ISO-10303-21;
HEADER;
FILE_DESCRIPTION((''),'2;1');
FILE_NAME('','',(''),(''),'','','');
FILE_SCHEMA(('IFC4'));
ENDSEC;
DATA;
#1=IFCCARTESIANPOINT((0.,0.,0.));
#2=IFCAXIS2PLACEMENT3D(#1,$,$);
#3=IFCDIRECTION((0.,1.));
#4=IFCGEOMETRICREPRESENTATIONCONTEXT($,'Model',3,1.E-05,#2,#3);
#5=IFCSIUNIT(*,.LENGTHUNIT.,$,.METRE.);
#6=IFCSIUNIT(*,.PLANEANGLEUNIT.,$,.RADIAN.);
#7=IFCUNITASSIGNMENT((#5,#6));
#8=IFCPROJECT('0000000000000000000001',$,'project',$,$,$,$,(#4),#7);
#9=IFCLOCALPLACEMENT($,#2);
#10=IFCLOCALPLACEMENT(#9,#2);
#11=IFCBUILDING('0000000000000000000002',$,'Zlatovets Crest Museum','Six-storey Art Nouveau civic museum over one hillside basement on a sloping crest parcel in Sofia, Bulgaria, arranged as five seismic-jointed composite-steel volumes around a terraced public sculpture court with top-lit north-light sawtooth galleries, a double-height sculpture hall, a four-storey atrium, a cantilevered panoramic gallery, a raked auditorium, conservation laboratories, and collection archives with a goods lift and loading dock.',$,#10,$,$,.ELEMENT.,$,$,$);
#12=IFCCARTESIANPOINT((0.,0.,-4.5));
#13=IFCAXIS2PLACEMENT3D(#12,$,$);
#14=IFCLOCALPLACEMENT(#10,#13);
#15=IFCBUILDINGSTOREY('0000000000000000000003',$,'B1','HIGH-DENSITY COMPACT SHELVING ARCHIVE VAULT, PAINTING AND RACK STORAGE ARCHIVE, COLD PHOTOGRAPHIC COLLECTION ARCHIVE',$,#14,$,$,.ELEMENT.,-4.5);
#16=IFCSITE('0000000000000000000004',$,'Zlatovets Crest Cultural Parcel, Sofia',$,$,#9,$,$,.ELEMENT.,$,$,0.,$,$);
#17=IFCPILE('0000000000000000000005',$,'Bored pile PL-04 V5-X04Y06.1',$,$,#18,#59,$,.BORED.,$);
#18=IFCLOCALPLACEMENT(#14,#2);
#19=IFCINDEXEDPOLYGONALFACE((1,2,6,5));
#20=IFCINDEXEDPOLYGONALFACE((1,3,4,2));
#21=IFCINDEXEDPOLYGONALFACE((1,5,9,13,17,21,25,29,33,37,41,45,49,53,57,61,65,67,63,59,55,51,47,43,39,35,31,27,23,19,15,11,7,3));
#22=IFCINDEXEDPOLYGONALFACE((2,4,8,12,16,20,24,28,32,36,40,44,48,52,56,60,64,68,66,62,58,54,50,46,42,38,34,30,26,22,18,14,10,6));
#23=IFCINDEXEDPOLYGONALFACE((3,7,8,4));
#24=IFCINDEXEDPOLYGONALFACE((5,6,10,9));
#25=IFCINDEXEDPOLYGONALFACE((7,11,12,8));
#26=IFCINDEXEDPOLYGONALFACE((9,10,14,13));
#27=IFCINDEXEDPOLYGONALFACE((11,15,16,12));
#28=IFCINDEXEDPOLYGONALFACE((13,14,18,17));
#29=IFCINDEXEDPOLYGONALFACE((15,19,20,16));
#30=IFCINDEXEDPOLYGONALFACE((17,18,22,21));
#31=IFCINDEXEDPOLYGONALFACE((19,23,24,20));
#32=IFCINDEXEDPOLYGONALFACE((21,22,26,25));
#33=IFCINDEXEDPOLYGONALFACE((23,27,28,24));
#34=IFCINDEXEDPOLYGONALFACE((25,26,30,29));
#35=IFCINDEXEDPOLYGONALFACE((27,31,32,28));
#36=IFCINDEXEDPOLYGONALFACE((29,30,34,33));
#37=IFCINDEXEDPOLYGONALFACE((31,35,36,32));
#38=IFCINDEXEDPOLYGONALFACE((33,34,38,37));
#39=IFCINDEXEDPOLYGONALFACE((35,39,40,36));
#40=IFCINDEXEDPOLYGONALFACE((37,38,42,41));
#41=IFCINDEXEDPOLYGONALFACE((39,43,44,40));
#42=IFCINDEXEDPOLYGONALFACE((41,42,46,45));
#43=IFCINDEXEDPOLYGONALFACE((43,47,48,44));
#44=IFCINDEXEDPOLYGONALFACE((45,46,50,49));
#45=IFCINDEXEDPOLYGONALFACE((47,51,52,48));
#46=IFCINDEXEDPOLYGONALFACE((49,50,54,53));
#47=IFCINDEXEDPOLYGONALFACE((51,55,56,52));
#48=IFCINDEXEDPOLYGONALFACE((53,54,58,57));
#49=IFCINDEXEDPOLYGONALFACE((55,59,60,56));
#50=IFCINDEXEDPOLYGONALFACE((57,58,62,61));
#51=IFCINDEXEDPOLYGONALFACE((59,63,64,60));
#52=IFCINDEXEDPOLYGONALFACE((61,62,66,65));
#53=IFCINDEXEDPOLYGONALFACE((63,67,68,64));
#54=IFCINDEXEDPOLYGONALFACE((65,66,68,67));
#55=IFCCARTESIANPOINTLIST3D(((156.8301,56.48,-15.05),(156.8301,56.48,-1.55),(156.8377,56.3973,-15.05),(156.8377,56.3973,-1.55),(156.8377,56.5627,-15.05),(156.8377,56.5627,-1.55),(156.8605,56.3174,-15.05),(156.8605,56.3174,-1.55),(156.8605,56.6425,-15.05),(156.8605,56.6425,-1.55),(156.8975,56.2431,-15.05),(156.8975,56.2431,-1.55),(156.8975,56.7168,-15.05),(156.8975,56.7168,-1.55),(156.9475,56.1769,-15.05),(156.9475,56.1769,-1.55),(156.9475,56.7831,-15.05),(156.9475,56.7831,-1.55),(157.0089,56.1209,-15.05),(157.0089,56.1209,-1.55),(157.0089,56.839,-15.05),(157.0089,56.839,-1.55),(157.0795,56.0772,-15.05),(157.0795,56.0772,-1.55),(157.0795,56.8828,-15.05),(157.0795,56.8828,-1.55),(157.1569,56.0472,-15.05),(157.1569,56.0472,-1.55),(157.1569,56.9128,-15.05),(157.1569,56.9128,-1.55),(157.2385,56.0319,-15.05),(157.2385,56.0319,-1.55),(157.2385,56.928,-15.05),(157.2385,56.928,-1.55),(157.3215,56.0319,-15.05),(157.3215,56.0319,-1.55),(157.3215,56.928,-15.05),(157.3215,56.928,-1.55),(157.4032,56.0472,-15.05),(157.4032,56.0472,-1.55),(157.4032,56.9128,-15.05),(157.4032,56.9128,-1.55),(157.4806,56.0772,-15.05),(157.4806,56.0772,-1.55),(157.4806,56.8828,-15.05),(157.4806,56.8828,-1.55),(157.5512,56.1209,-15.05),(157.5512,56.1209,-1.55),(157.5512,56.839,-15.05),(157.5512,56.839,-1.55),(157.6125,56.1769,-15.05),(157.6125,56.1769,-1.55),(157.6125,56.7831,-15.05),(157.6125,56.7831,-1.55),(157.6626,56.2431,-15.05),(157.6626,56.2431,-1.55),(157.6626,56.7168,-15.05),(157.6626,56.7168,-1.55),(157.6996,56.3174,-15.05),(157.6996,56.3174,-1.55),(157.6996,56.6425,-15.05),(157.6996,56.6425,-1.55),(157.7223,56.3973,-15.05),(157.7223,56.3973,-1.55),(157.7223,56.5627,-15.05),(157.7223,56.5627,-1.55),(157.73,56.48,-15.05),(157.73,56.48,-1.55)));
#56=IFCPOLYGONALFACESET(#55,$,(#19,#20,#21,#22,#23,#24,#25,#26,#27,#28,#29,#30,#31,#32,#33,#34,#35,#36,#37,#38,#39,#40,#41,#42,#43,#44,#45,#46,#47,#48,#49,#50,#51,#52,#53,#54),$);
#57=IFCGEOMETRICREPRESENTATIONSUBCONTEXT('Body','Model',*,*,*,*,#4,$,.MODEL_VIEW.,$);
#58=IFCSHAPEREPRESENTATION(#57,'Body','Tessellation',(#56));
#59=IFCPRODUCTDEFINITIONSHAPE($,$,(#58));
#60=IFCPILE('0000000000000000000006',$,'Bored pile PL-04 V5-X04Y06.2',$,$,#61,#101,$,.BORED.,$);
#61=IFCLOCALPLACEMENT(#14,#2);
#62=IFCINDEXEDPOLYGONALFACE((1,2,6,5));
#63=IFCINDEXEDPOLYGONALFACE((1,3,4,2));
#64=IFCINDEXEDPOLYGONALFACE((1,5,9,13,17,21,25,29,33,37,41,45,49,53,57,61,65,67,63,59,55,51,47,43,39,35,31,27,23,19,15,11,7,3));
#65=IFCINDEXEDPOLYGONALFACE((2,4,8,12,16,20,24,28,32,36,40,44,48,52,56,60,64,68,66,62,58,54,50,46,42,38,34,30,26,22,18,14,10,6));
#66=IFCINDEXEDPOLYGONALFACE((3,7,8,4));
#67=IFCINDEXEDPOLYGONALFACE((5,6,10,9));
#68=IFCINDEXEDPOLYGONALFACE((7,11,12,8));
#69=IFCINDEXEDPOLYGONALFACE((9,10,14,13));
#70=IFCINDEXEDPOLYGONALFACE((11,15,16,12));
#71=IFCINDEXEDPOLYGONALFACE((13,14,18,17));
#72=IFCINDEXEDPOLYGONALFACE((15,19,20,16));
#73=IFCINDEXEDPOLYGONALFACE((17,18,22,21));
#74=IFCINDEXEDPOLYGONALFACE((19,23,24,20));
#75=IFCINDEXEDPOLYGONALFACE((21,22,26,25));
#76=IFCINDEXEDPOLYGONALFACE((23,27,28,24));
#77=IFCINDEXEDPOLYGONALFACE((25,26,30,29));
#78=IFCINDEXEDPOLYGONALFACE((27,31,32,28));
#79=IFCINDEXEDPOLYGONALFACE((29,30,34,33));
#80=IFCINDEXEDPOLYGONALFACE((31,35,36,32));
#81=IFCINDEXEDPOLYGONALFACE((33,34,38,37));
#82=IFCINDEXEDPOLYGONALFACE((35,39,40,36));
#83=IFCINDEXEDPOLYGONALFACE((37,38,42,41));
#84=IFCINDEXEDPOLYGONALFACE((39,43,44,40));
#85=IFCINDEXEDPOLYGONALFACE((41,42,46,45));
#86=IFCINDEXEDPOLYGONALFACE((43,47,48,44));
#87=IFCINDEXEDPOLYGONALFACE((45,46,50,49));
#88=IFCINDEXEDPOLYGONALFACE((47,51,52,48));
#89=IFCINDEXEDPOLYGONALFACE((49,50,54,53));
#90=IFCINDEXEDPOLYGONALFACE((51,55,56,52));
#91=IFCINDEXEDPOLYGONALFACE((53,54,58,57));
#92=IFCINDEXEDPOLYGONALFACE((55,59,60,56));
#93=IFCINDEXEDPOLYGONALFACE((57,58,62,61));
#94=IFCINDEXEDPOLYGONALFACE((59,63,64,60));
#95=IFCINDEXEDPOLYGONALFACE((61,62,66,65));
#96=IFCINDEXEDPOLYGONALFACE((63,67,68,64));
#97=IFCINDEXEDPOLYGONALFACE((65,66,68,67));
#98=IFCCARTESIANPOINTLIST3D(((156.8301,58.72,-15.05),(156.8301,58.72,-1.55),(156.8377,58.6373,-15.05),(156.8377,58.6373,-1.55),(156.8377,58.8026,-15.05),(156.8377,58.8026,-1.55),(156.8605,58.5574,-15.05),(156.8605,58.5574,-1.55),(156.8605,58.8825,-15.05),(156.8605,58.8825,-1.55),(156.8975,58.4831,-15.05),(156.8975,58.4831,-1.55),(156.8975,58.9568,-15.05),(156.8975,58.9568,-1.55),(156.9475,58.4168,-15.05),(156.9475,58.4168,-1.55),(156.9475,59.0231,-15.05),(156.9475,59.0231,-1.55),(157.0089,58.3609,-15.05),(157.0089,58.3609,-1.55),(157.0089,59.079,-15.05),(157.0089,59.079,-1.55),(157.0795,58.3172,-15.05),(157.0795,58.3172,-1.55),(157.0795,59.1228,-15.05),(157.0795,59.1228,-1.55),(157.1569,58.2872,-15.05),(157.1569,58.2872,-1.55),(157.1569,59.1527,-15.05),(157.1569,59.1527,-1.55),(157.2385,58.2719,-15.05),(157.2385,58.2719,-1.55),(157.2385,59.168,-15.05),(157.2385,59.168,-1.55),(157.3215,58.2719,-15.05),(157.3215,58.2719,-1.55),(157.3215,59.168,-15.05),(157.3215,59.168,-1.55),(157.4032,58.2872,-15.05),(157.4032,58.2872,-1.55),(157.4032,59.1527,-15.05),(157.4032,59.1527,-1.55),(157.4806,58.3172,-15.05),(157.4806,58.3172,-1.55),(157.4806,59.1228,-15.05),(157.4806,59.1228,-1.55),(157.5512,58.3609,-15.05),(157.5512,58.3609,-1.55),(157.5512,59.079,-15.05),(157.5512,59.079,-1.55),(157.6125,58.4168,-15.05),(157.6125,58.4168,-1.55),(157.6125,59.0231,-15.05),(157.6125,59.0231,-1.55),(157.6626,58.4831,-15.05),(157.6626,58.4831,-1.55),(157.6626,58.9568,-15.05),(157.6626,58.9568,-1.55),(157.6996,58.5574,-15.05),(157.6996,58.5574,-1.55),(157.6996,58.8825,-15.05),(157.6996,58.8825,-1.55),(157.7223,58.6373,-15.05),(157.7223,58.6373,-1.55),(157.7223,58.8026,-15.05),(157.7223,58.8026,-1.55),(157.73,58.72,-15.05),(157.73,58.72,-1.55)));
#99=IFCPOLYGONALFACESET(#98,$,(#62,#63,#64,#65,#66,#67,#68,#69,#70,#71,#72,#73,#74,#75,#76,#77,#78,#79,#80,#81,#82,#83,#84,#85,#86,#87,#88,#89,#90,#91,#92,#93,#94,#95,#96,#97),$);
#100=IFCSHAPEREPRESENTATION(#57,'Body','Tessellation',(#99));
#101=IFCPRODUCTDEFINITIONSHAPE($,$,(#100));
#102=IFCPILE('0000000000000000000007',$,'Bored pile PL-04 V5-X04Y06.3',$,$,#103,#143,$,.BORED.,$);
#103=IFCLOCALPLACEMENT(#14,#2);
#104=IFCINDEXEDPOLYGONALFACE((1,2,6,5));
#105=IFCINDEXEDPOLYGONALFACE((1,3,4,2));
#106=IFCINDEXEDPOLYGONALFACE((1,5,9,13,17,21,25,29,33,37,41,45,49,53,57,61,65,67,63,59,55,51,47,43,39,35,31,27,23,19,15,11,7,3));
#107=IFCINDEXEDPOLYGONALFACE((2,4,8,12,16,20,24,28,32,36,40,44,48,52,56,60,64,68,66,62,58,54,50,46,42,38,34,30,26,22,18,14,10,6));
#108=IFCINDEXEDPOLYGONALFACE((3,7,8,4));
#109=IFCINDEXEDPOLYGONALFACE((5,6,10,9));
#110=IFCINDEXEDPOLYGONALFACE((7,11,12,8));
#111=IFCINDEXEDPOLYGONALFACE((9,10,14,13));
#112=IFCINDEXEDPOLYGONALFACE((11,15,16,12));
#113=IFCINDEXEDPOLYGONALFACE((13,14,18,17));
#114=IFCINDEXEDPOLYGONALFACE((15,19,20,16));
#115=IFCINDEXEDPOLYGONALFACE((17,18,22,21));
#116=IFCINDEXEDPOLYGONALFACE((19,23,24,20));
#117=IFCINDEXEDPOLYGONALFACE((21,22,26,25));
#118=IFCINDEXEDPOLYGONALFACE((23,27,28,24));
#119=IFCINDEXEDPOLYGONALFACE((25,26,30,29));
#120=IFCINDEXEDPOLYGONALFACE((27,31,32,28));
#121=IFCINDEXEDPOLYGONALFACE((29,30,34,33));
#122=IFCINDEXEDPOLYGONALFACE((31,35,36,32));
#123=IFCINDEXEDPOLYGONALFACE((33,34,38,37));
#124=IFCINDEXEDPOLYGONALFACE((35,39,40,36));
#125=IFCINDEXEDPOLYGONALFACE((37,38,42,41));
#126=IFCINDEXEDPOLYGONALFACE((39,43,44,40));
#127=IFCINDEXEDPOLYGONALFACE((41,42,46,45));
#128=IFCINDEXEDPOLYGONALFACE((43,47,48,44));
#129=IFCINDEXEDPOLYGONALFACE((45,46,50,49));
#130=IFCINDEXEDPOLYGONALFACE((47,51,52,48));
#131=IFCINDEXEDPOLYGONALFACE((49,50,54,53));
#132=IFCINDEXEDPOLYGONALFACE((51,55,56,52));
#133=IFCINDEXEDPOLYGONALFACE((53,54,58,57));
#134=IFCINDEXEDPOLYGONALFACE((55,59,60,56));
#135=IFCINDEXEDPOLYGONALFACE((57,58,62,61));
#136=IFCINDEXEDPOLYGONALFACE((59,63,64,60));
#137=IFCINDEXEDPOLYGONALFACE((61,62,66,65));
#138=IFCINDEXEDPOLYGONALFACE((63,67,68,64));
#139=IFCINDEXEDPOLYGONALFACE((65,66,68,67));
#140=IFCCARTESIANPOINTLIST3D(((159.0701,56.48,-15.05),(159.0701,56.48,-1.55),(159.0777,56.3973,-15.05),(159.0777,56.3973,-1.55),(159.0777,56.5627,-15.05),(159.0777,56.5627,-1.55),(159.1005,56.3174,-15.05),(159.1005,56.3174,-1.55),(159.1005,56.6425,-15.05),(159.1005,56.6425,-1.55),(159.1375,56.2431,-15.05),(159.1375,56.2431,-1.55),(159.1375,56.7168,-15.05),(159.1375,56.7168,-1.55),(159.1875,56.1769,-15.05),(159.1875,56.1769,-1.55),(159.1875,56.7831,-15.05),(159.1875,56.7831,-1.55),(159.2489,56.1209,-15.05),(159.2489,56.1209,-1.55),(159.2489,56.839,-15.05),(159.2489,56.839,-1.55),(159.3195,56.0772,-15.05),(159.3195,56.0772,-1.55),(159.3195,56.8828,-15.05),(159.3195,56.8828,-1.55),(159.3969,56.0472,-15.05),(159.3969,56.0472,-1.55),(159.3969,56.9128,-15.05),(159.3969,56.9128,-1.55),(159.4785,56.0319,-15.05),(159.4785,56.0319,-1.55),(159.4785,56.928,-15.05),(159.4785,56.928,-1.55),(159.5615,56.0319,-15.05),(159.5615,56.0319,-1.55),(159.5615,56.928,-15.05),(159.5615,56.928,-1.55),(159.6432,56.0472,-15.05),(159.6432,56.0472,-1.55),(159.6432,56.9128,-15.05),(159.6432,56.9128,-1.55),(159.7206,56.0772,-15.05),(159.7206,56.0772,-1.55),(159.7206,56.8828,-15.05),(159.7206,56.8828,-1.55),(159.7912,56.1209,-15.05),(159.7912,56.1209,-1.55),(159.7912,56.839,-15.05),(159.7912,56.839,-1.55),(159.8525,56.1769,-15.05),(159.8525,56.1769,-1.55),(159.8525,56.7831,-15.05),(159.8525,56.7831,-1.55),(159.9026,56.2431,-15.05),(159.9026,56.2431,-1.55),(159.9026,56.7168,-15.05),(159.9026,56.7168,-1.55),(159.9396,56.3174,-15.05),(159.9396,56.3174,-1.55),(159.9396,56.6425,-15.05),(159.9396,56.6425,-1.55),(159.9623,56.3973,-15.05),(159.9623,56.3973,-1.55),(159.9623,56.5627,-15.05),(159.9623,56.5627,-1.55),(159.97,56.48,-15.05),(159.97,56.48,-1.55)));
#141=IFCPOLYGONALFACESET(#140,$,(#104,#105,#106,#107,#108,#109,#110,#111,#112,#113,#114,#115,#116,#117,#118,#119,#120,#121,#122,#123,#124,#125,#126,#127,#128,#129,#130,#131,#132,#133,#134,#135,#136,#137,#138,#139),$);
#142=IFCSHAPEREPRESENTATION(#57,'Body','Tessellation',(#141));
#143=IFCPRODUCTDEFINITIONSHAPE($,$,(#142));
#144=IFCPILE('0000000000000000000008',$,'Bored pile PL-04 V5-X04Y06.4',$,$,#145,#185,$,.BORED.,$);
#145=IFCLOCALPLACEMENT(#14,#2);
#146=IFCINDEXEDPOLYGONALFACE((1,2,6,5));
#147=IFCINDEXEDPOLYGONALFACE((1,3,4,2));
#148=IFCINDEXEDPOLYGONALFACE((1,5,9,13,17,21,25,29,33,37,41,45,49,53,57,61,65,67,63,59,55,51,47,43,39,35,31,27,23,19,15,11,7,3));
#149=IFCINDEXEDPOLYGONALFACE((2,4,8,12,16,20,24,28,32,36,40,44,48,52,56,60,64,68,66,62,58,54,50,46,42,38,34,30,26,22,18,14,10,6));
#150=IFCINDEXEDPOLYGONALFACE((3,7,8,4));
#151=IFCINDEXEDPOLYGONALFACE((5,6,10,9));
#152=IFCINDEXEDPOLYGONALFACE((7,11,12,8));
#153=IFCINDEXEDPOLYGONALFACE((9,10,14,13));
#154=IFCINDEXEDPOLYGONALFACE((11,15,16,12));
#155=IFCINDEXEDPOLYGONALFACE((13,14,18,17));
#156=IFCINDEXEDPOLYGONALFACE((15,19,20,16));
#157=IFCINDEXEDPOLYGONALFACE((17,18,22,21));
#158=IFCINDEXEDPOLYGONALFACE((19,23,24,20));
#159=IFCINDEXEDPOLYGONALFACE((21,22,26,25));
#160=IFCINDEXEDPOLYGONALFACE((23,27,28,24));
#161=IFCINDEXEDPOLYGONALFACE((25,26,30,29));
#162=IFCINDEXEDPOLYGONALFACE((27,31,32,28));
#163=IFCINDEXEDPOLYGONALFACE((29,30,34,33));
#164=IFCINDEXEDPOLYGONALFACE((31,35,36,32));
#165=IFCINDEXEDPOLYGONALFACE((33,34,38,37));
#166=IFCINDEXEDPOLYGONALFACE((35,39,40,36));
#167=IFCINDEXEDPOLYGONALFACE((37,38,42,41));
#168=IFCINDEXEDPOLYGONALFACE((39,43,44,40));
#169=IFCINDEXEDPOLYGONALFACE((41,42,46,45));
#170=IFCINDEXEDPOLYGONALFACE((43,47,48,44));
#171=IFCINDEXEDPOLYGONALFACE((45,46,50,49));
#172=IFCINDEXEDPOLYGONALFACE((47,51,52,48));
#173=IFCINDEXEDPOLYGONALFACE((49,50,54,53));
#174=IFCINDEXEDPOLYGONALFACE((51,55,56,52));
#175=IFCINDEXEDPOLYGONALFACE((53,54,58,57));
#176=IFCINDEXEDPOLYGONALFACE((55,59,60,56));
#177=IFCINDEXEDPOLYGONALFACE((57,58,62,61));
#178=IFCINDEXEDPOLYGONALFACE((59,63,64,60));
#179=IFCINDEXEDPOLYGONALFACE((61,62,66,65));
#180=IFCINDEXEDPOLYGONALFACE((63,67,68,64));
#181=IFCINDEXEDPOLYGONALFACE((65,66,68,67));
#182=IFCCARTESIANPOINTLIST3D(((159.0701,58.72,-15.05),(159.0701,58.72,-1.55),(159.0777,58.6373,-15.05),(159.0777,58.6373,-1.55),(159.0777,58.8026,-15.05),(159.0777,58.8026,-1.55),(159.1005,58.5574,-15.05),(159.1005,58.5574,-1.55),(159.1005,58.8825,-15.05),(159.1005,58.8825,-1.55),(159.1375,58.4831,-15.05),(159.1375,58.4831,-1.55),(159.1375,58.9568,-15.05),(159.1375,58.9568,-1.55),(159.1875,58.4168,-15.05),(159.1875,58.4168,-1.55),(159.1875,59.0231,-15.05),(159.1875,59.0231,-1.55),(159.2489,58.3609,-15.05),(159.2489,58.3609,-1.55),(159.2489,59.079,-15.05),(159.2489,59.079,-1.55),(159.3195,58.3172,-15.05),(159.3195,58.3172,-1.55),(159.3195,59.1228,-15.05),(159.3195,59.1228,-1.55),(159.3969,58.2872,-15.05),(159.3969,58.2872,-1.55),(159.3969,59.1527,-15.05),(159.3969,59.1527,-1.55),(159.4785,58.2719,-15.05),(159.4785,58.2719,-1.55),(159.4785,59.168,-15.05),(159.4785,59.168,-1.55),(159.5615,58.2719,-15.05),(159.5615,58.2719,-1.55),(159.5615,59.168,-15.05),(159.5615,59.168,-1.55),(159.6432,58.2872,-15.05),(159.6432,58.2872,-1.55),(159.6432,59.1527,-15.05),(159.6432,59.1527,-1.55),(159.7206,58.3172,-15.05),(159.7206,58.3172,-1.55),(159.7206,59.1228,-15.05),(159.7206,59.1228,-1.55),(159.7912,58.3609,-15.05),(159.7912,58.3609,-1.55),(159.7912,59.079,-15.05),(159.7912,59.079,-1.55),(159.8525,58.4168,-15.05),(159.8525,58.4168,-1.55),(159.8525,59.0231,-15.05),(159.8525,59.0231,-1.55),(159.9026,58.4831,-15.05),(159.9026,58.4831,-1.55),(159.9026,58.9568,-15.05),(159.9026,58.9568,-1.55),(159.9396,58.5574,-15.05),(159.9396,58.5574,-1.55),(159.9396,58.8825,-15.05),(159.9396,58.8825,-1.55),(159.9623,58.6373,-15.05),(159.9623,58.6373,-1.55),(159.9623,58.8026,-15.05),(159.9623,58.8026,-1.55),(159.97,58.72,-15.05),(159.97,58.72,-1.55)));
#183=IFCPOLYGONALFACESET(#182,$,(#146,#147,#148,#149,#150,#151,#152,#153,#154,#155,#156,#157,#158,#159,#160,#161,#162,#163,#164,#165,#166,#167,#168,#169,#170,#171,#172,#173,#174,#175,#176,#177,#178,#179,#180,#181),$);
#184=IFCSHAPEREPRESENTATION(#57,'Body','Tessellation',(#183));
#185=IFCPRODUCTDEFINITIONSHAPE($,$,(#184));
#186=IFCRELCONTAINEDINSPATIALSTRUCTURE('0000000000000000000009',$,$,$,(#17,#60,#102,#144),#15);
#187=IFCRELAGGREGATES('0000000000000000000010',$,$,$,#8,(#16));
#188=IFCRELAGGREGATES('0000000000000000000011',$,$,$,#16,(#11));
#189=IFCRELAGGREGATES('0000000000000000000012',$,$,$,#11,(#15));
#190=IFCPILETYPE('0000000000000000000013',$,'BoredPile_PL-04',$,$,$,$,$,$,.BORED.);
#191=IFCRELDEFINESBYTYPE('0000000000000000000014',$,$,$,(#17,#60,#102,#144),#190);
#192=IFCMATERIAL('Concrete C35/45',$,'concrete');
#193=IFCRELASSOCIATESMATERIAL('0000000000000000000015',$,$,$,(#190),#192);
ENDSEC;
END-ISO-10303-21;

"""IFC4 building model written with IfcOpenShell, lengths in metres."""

from ifc_helpers import new_model, si_unit, direction, frame, origin, origin_2d, place, context, subcontext, project, spatial, circle, extrude, material, material_profile, profile_set, type_object, element, save


model = new_model("IFC4")

# Units and contexts
model_context = context("Model", 3, precision=1e-05, world=origin(), true_north=direction((0.0, 1.0)))
body_context = subcontext(model_context, "Body", "Model", "MODEL_VIEW")
ifc_project = project(units=[si_unit("LENGTHUNIT", "METRE"), si_unit("PLANEANGLEUNIT", "RADIAN")], contexts=[model_context])

# Site, building, storey
site_placement = place(None, origin())
site = spatial("IfcSite", under=ifc_project, at=site_placement, Name="Zlatovets Crest Cultural Parcel, Sofia", CompositionType="ELEMENT", RefElevation=0.0)
building_placement = place(site_placement, origin())
building = spatial("IfcBuilding", under=site, at=building_placement, Name="Zlatovets Crest Museum", Description="Six-storey Art Nouveau civic museum over one hillside basement on a sloping crest parcel in Sofia, Bulgaria, arranged as five seismic-jointed composite-steel volumes around a terraced public sculpture court with top-lit north-light sawtooth galleries, a double-height sculpture hall, a four-storey atrium, a cantilevered panoramic gallery, a raked auditorium, conservation laboratories, and collection archives with a goods lift and loading dock.", CompositionType="ELEMENT")
storey_placement = place(building_placement, frame((0.0, 0.0, -4.5)))
storey = spatial("IfcBuildingStorey", under=building, at=storey_placement, Name="B1", Description="HIGH-DENSITY COMPACT SHELVING ARCHIVE VAULT, PAINTING AND RACK STORAGE ARCHIVE, COLD PHOTOGRAPHIC COLLECTION ARCHIVE", CompositionType="ELEMENT", Elevation=-4.5)

# Piles
ifc_material = material(Name="Concrete C35/45", Category="concrete")
ifc_material_profile_1 = material_profile(ifc_material, circle(Radius=0.45, at=origin_2d()), Name="PILE D900")
ifc_profile_set_1 = profile_set([ifc_material_profile_1], Name="Concrete C35/45")
pile_type = type_object("IfcPileType", Name="BoredPile_PL-04", PredefinedType="BORED", material=ifc_profile_set_1)
for number, where, z_axis, x_axis, name in (
    (1, (157.28, 56.48, -1.55), (0.0, 0.0, -1.0), (1.0, 0.0, 0.0), "Bored pile PL-04 V5-X04Y06.1"),
    (2, (157.28, 58.72, -1.55), (0.0, 0.0, -1.0), (1.0, 0.0, 0.0), "Bored pile PL-04 V5-X04Y06.2"),
    (3, (159.52, 56.48, -1.55), (0.0, 0.0, -1.0), (1.0, 0.0, 0.0), "Bored pile PL-04 V5-X04Y06.3"),
    (4, (159.52, 58.72, -1.55), (0.0, 0.0, -1.0), (1.0, 0.0, 0.0), "Bored pile PL-04 V5-X04Y06.4"),
):
    element("IfcPile", number, at=place(storey_placement, frame(where, z_axis=z_axis, x_axis=x_axis)), inside=storey, type_object=pile_type, Name=name, PredefinedType="BORED", context=body_context, shape_type="SweptSolid", body=[
        extrude(circle(Radius=0.45, at=origin_2d()), origin(), (0.0, 0.0, 1.0), 13.5),
    ])

save(model, "model.ifc")
